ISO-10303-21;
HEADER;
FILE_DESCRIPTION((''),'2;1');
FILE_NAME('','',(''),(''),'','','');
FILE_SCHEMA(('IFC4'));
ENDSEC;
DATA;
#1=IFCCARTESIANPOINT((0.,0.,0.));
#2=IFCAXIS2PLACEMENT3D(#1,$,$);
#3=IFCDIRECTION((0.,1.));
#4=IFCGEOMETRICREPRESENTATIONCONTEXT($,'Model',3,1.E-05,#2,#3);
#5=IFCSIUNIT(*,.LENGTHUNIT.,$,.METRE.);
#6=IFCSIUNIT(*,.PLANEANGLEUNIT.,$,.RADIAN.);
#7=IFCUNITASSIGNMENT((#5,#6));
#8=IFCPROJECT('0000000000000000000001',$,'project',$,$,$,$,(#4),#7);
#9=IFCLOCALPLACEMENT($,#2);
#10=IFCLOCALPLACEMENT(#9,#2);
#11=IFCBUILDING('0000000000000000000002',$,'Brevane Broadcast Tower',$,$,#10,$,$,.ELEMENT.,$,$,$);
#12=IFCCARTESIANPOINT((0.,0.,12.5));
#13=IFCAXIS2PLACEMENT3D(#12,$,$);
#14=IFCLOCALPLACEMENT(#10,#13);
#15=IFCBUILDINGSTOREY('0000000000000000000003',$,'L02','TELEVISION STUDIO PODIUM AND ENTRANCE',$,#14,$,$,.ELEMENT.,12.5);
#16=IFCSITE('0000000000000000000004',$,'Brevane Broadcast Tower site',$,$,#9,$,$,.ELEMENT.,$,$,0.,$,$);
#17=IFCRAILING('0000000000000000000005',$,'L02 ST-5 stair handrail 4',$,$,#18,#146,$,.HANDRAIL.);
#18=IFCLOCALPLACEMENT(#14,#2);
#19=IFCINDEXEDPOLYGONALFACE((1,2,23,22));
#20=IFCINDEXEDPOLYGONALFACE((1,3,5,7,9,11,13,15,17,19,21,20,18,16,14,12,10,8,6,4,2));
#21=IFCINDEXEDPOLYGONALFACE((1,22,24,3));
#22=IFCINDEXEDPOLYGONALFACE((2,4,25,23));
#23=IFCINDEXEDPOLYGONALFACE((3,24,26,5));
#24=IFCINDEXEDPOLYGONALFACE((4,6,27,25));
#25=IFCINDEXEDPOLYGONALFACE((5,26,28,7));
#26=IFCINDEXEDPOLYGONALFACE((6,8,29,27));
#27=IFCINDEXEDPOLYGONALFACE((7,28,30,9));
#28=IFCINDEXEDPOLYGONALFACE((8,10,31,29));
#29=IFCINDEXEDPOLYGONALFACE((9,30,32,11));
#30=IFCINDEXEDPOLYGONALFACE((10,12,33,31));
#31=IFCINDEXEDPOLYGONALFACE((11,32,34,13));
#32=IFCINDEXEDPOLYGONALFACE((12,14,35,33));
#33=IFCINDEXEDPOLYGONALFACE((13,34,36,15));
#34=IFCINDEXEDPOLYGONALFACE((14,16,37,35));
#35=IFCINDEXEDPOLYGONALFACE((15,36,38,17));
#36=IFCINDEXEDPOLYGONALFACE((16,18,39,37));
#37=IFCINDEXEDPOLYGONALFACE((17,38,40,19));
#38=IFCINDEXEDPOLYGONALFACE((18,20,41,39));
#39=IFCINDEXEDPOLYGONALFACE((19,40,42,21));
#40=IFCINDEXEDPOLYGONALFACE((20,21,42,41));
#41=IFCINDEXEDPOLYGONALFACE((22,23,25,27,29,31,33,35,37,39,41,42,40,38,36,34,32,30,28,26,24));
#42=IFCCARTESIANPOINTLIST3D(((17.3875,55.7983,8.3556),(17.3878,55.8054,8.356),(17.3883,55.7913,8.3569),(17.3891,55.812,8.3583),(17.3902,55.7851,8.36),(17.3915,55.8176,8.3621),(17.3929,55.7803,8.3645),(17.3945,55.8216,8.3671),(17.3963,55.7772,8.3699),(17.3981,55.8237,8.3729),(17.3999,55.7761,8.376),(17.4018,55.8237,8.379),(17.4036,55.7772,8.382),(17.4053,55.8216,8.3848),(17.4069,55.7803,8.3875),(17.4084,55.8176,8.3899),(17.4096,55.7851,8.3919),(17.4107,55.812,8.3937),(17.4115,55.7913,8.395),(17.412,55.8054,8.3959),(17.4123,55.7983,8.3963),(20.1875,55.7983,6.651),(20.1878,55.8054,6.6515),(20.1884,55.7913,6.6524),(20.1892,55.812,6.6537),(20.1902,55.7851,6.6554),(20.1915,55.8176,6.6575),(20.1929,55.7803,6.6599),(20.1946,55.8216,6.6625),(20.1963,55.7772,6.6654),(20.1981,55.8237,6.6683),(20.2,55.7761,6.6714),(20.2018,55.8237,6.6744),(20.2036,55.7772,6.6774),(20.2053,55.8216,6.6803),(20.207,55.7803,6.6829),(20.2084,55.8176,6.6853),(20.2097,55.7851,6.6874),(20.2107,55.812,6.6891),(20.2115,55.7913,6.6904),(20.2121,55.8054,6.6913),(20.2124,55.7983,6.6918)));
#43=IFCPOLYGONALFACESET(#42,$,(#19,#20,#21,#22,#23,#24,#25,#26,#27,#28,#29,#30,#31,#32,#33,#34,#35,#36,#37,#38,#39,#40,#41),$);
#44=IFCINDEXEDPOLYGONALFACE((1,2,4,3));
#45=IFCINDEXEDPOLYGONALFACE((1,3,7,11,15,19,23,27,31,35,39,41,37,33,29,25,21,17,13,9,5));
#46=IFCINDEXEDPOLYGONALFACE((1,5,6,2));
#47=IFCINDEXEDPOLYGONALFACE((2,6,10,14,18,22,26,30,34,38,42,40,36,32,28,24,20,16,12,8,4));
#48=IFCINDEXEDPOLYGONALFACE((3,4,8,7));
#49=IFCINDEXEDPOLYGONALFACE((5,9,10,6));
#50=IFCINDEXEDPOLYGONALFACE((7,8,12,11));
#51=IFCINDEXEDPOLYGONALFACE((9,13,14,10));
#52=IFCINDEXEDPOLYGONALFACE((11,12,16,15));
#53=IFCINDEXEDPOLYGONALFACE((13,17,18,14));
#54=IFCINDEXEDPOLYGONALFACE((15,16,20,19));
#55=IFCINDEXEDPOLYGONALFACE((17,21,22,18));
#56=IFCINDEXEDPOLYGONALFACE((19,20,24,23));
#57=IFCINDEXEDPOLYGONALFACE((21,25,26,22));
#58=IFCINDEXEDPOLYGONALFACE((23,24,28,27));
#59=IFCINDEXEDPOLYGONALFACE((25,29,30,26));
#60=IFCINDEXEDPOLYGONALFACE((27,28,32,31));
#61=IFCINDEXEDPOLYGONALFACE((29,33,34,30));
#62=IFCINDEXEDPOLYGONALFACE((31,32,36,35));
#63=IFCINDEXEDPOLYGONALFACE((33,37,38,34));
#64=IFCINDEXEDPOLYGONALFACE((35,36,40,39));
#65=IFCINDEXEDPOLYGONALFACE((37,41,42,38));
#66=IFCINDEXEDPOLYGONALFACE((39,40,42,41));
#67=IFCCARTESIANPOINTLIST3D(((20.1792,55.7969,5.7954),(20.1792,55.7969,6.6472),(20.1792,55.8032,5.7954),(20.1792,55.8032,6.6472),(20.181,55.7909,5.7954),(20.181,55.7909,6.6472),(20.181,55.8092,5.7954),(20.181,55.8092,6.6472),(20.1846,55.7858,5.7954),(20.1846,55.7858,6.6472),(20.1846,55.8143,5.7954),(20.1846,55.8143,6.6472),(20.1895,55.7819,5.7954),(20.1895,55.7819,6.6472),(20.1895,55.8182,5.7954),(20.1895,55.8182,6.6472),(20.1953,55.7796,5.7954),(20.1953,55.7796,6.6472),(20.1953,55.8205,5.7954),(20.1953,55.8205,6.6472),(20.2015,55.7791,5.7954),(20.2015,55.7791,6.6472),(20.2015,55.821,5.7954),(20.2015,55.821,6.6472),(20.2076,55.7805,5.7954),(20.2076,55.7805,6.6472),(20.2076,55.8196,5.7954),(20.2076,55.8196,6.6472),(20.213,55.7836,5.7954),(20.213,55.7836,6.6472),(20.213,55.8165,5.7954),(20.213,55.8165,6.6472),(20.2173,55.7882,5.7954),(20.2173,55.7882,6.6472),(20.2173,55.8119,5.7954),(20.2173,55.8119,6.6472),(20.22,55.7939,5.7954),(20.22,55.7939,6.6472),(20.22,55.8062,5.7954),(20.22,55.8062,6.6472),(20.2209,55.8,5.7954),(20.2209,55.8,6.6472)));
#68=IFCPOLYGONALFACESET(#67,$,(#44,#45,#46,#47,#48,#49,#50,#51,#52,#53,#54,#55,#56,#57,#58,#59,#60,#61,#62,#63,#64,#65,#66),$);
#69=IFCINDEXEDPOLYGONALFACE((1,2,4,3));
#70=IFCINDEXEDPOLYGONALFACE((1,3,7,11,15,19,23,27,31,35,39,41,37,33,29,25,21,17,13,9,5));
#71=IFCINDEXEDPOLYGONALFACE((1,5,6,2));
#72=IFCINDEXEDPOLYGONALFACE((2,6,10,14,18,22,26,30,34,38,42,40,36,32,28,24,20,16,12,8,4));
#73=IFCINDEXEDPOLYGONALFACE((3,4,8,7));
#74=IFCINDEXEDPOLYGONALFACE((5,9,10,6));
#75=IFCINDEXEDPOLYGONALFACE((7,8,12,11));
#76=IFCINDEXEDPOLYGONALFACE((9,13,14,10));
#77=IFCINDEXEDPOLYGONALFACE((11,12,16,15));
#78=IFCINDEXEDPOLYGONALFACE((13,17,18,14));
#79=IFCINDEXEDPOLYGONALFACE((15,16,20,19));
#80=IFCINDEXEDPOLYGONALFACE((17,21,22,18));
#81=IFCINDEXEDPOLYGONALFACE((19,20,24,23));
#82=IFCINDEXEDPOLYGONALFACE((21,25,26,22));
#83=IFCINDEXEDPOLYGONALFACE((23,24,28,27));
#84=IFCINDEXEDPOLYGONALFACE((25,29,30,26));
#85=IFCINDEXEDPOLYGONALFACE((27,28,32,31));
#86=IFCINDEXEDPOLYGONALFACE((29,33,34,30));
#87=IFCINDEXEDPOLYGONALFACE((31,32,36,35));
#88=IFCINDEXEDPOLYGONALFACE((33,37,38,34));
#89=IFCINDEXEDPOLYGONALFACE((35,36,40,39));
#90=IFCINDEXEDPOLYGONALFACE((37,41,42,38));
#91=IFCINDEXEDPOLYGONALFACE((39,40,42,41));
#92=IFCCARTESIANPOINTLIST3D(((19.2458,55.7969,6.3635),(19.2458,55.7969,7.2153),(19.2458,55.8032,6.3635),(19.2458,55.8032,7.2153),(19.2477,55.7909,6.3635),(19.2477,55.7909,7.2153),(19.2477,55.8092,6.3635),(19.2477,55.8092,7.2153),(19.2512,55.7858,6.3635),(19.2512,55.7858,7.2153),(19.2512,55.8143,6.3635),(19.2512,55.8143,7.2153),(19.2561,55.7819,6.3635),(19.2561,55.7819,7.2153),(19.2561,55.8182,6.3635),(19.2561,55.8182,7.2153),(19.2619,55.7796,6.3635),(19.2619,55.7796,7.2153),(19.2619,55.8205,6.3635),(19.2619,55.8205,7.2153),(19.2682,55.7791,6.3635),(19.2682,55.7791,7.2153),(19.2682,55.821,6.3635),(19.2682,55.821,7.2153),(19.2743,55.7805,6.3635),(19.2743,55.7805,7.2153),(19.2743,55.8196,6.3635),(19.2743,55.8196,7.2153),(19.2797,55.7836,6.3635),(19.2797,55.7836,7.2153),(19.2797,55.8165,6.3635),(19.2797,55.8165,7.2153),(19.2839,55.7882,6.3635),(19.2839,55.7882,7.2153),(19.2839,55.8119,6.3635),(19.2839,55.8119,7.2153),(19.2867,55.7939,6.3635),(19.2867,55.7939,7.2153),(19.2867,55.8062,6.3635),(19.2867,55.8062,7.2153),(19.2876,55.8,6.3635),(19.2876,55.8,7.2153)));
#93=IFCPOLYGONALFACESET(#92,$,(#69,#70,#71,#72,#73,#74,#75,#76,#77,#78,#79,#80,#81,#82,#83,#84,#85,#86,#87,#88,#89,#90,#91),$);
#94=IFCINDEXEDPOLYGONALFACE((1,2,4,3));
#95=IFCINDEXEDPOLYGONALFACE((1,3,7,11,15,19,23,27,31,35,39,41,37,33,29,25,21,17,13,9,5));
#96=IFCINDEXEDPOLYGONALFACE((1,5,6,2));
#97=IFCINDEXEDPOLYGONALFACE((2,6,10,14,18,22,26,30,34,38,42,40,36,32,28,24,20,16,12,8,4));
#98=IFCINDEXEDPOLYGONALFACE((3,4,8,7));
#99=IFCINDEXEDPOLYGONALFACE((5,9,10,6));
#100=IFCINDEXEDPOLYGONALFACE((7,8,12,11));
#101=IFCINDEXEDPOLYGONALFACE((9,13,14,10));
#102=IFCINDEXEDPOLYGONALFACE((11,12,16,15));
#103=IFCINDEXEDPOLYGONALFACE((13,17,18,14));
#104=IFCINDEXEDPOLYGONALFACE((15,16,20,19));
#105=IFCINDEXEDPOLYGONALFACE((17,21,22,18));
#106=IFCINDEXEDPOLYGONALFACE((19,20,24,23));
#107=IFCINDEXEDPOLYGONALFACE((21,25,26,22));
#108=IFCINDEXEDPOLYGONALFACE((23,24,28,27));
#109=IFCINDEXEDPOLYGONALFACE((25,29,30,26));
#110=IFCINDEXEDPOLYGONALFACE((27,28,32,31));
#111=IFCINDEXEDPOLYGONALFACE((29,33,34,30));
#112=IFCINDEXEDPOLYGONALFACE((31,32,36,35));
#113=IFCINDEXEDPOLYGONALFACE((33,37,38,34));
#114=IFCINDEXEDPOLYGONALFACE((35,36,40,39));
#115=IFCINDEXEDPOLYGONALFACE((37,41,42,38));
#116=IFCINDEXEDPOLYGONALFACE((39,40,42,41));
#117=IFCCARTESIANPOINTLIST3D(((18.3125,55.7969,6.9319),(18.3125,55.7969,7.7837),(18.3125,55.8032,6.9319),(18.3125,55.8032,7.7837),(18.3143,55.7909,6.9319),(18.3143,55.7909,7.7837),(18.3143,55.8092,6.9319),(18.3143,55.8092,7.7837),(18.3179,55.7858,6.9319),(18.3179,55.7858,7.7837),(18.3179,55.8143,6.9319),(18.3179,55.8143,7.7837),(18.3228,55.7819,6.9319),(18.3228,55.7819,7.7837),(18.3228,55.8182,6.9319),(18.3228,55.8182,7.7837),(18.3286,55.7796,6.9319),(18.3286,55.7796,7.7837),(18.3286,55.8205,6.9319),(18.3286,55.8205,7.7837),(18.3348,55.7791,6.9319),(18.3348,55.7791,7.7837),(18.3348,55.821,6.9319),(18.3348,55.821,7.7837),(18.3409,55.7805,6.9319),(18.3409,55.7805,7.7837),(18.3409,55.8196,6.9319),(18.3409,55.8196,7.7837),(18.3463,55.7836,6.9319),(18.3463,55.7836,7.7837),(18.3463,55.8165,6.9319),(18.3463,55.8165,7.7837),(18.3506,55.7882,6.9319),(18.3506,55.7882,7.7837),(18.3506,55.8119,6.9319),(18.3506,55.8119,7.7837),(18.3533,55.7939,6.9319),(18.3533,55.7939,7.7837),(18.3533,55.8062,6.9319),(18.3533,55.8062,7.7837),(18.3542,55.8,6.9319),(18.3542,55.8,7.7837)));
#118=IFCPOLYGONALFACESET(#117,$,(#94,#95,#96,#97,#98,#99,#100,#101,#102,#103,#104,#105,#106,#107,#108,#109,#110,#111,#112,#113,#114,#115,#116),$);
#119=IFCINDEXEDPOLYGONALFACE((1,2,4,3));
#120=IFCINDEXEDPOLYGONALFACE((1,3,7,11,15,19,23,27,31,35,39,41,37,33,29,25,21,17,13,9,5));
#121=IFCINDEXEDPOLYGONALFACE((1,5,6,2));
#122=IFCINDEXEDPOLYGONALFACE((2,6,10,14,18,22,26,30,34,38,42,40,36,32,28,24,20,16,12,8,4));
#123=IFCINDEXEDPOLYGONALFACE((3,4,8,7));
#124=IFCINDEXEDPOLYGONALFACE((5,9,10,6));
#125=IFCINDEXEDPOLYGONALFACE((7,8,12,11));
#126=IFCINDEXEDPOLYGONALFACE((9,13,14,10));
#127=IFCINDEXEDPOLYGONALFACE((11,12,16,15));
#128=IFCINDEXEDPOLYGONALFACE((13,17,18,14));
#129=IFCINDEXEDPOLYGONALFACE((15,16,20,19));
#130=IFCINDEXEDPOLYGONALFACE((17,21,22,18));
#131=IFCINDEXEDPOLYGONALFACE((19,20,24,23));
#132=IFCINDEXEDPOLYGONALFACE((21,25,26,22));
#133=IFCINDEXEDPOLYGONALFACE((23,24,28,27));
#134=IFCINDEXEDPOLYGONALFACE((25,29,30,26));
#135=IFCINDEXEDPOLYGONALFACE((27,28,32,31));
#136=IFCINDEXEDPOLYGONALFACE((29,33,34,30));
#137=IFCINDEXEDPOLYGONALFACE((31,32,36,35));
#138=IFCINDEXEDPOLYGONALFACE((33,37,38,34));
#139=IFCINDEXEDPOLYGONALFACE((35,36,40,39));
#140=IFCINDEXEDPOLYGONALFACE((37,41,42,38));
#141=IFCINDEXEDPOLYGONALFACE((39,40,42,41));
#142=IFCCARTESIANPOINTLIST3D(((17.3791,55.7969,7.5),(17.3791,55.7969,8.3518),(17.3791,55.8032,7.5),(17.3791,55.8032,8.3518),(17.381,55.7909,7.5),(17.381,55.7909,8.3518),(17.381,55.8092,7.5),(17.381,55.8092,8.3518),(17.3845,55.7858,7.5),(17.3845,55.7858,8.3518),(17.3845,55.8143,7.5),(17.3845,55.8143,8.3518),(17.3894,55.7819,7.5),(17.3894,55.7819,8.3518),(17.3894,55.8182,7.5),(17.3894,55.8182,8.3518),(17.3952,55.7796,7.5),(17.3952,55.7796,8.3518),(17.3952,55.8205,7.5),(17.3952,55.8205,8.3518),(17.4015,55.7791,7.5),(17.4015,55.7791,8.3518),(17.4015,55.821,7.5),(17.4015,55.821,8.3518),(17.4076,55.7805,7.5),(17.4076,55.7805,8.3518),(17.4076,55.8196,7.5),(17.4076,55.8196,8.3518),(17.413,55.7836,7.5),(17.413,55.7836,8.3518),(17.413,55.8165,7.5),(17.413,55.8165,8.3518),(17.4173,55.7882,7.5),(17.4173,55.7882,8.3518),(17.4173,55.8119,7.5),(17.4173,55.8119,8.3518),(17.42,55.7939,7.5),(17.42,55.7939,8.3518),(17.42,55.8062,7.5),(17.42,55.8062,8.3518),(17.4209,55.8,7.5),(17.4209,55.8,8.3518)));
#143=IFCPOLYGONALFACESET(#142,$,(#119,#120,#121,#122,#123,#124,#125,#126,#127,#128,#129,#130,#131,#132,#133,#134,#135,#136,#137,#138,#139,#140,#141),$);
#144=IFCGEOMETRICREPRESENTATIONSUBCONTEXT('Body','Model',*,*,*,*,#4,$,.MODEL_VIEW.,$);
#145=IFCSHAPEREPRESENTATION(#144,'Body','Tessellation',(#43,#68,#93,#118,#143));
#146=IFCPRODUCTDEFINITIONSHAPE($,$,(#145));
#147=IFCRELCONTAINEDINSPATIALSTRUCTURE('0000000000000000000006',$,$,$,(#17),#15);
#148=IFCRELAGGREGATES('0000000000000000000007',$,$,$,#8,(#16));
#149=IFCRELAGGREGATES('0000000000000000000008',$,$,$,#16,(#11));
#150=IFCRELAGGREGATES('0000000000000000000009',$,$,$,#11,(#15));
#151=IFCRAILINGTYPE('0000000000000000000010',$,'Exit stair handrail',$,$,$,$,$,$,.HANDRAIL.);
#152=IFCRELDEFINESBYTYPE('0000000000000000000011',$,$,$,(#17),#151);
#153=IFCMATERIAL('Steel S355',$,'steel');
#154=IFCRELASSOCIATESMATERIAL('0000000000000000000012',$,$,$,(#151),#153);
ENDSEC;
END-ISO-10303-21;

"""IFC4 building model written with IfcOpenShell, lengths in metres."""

from ifc_helpers import new_model, si_unit, direction, frame, origin, origin_2d, place, context, subcontext, project, spatial, circle, extrude, material, type_object, element, save


model = new_model("IFC4")

# Units and contexts
model_context = context("Model", 3, precision=1e-05, world=origin(), true_north=direction((0.0, 1.0)))
body_context = subcontext(model_context, "Body", "Model", "MODEL_VIEW")
ifc_project = project(units=[si_unit("LENGTHUNIT", "METRE"), si_unit("PLANEANGLEUNIT", "RADIAN")], contexts=[model_context])

# Site, building, storey
site_placement = place(None, origin())
site = spatial("IfcSite", under=ifc_project, at=site_placement, Name="Brevane Broadcast Tower site", CompositionType="ELEMENT", RefElevation=0.0)
building_placement = place(site_placement, origin())
building = spatial("IfcBuilding", under=site, at=building_placement, Name="Brevane Broadcast Tower", CompositionType="ELEMENT")
storey_placement = place(building_placement, frame((0.0, 0.0, 12.5)))
storey = spatial("IfcBuildingStorey", under=building, at=storey_placement, Name="L02", Description="TELEVISION STUDIO PODIUM AND ENTRANCE", CompositionType="ELEMENT", Elevation=12.5)

# Railing
ifc_material_1 = material(Name="Steel S355", Category="steel")
railing_type_1 = type_object("IfcRailingType", Name="Exit stair handrail", PredefinedType="HANDRAIL", material=ifc_material_1)
railing_1_placement = place(storey_placement, frame((20.2, 55.8, 5.7954)))
element("IfcRailing", 1, at=railing_1_placement, inside=storey, type_object=railing_type_1, Name="L02 ST-5 stair handrail 4", PredefinedType="HANDRAIL", context=body_context, shape_type="SweptSolid", body=[
    extrude(circle(Radius=0.0239, at=origin_2d()), frame((0.0, 0.0, 0.876), z_axis=(-0.85417, 0.0, 0.519994), x_axis=(0.0, -1.0, 0.0)), (0.0, 0.0, 1.0), 3.2781),
    extrude(circle(Radius=0.021, at=origin_2d()), origin(), (0.0, 0.0, 1.0), 0.8518),
    extrude(circle(Radius=0.021, at=origin_2d()), frame((-0.9333, 0.0, 0.5681)), (0.0, 0.0, 1.0), 0.8518),
    extrude(circle(Radius=0.021, at=origin_2d()), frame((-1.8667, 0.0, 1.1365)), (0.0, 0.0, 1.0), 0.8518),
    extrude(circle(Radius=0.021, at=origin_2d()), frame((-2.8, 0.0, 1.7046)), (0.0, 0.0, 1.0), 0.8518),
])

save(model, "model.ifc")
